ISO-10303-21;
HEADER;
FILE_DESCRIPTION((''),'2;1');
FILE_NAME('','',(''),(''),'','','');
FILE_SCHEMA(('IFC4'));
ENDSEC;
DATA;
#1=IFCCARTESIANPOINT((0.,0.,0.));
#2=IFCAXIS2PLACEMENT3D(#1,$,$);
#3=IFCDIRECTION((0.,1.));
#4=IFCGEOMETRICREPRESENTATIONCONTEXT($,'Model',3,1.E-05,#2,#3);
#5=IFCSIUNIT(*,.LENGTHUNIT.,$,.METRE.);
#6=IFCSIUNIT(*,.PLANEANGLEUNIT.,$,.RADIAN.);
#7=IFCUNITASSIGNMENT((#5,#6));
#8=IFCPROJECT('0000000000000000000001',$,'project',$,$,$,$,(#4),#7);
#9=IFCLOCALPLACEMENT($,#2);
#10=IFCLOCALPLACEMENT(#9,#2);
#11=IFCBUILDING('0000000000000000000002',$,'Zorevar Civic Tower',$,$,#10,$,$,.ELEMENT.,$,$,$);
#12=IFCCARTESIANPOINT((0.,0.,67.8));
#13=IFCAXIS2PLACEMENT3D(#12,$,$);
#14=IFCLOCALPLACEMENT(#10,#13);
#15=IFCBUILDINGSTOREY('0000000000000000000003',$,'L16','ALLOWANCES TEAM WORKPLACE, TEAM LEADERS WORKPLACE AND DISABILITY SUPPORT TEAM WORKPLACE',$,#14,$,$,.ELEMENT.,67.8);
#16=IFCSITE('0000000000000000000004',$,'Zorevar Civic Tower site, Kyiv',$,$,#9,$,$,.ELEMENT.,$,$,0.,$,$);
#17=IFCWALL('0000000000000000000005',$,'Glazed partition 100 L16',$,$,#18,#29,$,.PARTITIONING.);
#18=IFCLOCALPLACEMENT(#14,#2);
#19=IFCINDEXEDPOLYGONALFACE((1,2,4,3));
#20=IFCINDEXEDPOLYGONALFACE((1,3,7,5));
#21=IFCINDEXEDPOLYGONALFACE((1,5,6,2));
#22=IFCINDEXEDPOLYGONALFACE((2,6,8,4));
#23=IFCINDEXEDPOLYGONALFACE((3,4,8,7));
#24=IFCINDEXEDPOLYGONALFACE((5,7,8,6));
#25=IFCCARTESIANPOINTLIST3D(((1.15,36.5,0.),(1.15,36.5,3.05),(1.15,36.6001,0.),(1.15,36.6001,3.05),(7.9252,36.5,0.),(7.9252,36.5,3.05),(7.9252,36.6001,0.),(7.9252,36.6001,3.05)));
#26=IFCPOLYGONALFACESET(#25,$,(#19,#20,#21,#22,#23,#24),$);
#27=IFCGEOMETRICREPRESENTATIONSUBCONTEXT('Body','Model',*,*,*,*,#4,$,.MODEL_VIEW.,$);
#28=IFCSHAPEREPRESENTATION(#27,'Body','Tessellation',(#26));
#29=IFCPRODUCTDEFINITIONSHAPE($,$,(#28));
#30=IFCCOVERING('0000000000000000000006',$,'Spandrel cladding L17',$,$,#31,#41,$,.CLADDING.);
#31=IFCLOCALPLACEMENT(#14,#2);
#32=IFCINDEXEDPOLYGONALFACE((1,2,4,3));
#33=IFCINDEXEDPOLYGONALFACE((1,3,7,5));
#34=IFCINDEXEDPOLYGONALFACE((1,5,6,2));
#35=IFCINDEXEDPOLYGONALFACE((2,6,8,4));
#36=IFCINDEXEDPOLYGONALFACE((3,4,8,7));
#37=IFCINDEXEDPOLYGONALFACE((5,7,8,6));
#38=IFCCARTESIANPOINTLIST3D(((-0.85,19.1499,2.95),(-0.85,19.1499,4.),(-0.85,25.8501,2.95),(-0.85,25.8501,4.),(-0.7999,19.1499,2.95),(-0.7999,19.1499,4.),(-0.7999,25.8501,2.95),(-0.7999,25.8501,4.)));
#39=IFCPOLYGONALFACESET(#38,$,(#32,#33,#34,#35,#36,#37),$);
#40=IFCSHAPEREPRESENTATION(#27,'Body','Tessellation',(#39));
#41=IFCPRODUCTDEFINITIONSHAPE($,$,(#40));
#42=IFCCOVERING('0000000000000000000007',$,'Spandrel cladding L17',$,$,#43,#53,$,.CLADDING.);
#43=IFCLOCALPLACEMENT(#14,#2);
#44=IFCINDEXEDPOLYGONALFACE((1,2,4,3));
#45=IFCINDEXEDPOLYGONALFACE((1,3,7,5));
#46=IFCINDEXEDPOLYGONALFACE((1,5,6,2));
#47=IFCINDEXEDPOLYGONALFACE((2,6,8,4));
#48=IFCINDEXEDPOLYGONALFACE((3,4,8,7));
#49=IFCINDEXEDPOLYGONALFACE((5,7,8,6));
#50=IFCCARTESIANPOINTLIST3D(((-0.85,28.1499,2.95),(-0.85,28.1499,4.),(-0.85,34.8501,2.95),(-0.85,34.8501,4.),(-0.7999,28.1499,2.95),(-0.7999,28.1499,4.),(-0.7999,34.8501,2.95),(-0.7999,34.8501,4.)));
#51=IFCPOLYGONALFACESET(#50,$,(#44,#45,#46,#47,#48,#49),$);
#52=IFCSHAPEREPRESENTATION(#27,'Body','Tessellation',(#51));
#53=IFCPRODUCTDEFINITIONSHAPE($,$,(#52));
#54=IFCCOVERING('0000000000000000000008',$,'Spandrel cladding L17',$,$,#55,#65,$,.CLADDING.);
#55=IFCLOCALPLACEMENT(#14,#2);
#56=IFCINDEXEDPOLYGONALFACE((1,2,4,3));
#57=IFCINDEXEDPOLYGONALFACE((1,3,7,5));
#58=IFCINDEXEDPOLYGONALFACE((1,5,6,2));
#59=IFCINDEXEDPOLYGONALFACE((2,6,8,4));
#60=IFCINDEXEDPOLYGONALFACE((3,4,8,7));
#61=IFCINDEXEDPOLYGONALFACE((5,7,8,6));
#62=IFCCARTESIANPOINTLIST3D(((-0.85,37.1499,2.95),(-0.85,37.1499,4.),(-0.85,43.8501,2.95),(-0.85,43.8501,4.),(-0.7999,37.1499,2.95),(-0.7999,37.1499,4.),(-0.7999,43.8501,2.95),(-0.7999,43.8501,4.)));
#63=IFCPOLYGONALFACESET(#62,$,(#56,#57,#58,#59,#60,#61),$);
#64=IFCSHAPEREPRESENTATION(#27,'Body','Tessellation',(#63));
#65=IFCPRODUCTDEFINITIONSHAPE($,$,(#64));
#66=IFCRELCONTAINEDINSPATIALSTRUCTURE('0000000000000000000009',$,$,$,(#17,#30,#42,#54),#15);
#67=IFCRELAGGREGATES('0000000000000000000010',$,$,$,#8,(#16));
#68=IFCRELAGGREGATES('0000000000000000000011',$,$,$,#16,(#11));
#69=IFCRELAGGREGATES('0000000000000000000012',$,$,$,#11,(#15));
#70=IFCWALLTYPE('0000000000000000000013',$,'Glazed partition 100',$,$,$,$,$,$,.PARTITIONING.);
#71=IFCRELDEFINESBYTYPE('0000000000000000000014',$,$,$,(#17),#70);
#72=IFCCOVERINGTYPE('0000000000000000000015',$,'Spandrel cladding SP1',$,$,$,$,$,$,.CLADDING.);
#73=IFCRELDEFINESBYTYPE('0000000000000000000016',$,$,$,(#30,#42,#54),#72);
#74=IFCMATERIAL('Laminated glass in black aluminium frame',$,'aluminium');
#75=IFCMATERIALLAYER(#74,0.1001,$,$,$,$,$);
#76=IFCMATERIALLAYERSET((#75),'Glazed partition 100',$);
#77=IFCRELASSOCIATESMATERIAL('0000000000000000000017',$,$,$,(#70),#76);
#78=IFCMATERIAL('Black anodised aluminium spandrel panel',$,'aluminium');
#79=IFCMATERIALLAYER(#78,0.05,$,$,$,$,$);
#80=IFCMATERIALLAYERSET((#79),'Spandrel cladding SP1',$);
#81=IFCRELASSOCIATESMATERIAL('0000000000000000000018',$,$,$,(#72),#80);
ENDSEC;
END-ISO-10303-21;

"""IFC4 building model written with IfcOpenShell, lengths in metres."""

from ifc_helpers import new_model, si_unit, direction, frame, frame_2d, origin, place, context, subcontext, project, spatial, rectangle, extrude, material, layer, layer_set, type_object, element, save


model = new_model("IFC4")

# Units and contexts
model_context = context("Model", 3, precision=1e-05, world=origin(), true_north=direction((0.0, 1.0)))
body_context = subcontext(model_context, "Body", "Model", "MODEL_VIEW")
ifc_project = project(units=[si_unit("LENGTHUNIT", "METRE"), si_unit("PLANEANGLEUNIT", "RADIAN")], contexts=[model_context])

# Site, building, storey
site_placement = place(None, origin())
site = spatial("IfcSite", under=ifc_project, at=site_placement, Name="Zorevar Civic Tower site, Kyiv", CompositionType="ELEMENT", RefElevation=0.0)
building_placement = place(site_placement, origin())
building = spatial("IfcBuilding", under=site, at=building_placement, Name="Zorevar Civic Tower", CompositionType="ELEMENT")
storey_placement = place(building_placement, frame((0.0, 0.0, 67.8)))
storey = spatial("IfcBuildingStorey", under=building, at=storey_placement, Name="L16", Description="ALLOWANCES TEAM WORKPLACE, TEAM LEADERS WORKPLACE AND DISABILITY SUPPORT TEAM WORKPLACE", CompositionType="ELEMENT", Elevation=67.8)

# Wall
ifc_material_1 = material(Name="Laminated glass in black aluminium frame", Category="aluminium")
ifc_layer_1 = layer(ifc_material_1, 0.1001)
ifc_layer_set_1 = layer_set([ifc_layer_1], Name="Glazed partition 100")
wall_type = type_object("IfcWallType", Name="Glazed partition 100", PredefinedType="PARTITIONING", material=ifc_layer_set_1)
wall_placement = place(storey_placement, frame((1.1499, 36.55, 0.0), z_axis=(0.0, 0.0, 1.0), x_axis=(1.0, 0.0, 0.0)))
element("IfcWall", 1, at=wall_placement, inside=storey, type_object=wall_type, Name="Glazed partition 100 L16", PredefinedType="PARTITIONING", context=body_context, shape_type="SweptSolid", body=[
    extrude(rectangle(XDim=6.7751, YDim=0.1001, at=frame_2d((3.3877, 0.0))), origin(), (0.0, 0.0, 1.0), 3.05),
])

# Coverings
ifc_material_2 = material(Name="Black anodised aluminium spandrel panel", Category="aluminium")
ifc_layer_2 = layer(ifc_material_2, 0.05)
ifc_layer_set_2 = layer_set([ifc_layer_2], Name="Spandrel cladding SP1")
covering_type = type_object("IfcCoveringType", Name="Spandrel cladding SP1", PredefinedType="CLADDING", material=ifc_layer_set_2)
for number, where, z_axis, x_axis, name in (
    (2, (-0.825, 19.1499, 2.95), (0.0, 0.0, 1.0), (0.0, 1.0, 0.0), "Spandrel cladding L17"),
    (3, (-0.825, 28.1499, 2.95), (0.0, 0.0, 1.0), (0.0, 1.0, 0.0), "Spandrel cladding L17"),
    (4, (-0.825, 37.1499, 2.95), (0.0, 0.0, 1.0), (0.0, 1.0, 0.0), "Spandrel cladding L17"),
):
    element("IfcCovering", number, at=place(storey_placement, frame(where, z_axis=z_axis, x_axis=x_axis)), inside=storey, type_object=covering_type, Name=name, PredefinedType="CLADDING", context=body_context, shape_type="SweptSolid", body=[
        extrude(rectangle(XDim=6.7002, YDim=0.05, at=frame_2d((3.3501, 0.0))), origin(), (0.0, 0.0, 1.0), 1.05),
    ])

save(model, "model.ifc")
